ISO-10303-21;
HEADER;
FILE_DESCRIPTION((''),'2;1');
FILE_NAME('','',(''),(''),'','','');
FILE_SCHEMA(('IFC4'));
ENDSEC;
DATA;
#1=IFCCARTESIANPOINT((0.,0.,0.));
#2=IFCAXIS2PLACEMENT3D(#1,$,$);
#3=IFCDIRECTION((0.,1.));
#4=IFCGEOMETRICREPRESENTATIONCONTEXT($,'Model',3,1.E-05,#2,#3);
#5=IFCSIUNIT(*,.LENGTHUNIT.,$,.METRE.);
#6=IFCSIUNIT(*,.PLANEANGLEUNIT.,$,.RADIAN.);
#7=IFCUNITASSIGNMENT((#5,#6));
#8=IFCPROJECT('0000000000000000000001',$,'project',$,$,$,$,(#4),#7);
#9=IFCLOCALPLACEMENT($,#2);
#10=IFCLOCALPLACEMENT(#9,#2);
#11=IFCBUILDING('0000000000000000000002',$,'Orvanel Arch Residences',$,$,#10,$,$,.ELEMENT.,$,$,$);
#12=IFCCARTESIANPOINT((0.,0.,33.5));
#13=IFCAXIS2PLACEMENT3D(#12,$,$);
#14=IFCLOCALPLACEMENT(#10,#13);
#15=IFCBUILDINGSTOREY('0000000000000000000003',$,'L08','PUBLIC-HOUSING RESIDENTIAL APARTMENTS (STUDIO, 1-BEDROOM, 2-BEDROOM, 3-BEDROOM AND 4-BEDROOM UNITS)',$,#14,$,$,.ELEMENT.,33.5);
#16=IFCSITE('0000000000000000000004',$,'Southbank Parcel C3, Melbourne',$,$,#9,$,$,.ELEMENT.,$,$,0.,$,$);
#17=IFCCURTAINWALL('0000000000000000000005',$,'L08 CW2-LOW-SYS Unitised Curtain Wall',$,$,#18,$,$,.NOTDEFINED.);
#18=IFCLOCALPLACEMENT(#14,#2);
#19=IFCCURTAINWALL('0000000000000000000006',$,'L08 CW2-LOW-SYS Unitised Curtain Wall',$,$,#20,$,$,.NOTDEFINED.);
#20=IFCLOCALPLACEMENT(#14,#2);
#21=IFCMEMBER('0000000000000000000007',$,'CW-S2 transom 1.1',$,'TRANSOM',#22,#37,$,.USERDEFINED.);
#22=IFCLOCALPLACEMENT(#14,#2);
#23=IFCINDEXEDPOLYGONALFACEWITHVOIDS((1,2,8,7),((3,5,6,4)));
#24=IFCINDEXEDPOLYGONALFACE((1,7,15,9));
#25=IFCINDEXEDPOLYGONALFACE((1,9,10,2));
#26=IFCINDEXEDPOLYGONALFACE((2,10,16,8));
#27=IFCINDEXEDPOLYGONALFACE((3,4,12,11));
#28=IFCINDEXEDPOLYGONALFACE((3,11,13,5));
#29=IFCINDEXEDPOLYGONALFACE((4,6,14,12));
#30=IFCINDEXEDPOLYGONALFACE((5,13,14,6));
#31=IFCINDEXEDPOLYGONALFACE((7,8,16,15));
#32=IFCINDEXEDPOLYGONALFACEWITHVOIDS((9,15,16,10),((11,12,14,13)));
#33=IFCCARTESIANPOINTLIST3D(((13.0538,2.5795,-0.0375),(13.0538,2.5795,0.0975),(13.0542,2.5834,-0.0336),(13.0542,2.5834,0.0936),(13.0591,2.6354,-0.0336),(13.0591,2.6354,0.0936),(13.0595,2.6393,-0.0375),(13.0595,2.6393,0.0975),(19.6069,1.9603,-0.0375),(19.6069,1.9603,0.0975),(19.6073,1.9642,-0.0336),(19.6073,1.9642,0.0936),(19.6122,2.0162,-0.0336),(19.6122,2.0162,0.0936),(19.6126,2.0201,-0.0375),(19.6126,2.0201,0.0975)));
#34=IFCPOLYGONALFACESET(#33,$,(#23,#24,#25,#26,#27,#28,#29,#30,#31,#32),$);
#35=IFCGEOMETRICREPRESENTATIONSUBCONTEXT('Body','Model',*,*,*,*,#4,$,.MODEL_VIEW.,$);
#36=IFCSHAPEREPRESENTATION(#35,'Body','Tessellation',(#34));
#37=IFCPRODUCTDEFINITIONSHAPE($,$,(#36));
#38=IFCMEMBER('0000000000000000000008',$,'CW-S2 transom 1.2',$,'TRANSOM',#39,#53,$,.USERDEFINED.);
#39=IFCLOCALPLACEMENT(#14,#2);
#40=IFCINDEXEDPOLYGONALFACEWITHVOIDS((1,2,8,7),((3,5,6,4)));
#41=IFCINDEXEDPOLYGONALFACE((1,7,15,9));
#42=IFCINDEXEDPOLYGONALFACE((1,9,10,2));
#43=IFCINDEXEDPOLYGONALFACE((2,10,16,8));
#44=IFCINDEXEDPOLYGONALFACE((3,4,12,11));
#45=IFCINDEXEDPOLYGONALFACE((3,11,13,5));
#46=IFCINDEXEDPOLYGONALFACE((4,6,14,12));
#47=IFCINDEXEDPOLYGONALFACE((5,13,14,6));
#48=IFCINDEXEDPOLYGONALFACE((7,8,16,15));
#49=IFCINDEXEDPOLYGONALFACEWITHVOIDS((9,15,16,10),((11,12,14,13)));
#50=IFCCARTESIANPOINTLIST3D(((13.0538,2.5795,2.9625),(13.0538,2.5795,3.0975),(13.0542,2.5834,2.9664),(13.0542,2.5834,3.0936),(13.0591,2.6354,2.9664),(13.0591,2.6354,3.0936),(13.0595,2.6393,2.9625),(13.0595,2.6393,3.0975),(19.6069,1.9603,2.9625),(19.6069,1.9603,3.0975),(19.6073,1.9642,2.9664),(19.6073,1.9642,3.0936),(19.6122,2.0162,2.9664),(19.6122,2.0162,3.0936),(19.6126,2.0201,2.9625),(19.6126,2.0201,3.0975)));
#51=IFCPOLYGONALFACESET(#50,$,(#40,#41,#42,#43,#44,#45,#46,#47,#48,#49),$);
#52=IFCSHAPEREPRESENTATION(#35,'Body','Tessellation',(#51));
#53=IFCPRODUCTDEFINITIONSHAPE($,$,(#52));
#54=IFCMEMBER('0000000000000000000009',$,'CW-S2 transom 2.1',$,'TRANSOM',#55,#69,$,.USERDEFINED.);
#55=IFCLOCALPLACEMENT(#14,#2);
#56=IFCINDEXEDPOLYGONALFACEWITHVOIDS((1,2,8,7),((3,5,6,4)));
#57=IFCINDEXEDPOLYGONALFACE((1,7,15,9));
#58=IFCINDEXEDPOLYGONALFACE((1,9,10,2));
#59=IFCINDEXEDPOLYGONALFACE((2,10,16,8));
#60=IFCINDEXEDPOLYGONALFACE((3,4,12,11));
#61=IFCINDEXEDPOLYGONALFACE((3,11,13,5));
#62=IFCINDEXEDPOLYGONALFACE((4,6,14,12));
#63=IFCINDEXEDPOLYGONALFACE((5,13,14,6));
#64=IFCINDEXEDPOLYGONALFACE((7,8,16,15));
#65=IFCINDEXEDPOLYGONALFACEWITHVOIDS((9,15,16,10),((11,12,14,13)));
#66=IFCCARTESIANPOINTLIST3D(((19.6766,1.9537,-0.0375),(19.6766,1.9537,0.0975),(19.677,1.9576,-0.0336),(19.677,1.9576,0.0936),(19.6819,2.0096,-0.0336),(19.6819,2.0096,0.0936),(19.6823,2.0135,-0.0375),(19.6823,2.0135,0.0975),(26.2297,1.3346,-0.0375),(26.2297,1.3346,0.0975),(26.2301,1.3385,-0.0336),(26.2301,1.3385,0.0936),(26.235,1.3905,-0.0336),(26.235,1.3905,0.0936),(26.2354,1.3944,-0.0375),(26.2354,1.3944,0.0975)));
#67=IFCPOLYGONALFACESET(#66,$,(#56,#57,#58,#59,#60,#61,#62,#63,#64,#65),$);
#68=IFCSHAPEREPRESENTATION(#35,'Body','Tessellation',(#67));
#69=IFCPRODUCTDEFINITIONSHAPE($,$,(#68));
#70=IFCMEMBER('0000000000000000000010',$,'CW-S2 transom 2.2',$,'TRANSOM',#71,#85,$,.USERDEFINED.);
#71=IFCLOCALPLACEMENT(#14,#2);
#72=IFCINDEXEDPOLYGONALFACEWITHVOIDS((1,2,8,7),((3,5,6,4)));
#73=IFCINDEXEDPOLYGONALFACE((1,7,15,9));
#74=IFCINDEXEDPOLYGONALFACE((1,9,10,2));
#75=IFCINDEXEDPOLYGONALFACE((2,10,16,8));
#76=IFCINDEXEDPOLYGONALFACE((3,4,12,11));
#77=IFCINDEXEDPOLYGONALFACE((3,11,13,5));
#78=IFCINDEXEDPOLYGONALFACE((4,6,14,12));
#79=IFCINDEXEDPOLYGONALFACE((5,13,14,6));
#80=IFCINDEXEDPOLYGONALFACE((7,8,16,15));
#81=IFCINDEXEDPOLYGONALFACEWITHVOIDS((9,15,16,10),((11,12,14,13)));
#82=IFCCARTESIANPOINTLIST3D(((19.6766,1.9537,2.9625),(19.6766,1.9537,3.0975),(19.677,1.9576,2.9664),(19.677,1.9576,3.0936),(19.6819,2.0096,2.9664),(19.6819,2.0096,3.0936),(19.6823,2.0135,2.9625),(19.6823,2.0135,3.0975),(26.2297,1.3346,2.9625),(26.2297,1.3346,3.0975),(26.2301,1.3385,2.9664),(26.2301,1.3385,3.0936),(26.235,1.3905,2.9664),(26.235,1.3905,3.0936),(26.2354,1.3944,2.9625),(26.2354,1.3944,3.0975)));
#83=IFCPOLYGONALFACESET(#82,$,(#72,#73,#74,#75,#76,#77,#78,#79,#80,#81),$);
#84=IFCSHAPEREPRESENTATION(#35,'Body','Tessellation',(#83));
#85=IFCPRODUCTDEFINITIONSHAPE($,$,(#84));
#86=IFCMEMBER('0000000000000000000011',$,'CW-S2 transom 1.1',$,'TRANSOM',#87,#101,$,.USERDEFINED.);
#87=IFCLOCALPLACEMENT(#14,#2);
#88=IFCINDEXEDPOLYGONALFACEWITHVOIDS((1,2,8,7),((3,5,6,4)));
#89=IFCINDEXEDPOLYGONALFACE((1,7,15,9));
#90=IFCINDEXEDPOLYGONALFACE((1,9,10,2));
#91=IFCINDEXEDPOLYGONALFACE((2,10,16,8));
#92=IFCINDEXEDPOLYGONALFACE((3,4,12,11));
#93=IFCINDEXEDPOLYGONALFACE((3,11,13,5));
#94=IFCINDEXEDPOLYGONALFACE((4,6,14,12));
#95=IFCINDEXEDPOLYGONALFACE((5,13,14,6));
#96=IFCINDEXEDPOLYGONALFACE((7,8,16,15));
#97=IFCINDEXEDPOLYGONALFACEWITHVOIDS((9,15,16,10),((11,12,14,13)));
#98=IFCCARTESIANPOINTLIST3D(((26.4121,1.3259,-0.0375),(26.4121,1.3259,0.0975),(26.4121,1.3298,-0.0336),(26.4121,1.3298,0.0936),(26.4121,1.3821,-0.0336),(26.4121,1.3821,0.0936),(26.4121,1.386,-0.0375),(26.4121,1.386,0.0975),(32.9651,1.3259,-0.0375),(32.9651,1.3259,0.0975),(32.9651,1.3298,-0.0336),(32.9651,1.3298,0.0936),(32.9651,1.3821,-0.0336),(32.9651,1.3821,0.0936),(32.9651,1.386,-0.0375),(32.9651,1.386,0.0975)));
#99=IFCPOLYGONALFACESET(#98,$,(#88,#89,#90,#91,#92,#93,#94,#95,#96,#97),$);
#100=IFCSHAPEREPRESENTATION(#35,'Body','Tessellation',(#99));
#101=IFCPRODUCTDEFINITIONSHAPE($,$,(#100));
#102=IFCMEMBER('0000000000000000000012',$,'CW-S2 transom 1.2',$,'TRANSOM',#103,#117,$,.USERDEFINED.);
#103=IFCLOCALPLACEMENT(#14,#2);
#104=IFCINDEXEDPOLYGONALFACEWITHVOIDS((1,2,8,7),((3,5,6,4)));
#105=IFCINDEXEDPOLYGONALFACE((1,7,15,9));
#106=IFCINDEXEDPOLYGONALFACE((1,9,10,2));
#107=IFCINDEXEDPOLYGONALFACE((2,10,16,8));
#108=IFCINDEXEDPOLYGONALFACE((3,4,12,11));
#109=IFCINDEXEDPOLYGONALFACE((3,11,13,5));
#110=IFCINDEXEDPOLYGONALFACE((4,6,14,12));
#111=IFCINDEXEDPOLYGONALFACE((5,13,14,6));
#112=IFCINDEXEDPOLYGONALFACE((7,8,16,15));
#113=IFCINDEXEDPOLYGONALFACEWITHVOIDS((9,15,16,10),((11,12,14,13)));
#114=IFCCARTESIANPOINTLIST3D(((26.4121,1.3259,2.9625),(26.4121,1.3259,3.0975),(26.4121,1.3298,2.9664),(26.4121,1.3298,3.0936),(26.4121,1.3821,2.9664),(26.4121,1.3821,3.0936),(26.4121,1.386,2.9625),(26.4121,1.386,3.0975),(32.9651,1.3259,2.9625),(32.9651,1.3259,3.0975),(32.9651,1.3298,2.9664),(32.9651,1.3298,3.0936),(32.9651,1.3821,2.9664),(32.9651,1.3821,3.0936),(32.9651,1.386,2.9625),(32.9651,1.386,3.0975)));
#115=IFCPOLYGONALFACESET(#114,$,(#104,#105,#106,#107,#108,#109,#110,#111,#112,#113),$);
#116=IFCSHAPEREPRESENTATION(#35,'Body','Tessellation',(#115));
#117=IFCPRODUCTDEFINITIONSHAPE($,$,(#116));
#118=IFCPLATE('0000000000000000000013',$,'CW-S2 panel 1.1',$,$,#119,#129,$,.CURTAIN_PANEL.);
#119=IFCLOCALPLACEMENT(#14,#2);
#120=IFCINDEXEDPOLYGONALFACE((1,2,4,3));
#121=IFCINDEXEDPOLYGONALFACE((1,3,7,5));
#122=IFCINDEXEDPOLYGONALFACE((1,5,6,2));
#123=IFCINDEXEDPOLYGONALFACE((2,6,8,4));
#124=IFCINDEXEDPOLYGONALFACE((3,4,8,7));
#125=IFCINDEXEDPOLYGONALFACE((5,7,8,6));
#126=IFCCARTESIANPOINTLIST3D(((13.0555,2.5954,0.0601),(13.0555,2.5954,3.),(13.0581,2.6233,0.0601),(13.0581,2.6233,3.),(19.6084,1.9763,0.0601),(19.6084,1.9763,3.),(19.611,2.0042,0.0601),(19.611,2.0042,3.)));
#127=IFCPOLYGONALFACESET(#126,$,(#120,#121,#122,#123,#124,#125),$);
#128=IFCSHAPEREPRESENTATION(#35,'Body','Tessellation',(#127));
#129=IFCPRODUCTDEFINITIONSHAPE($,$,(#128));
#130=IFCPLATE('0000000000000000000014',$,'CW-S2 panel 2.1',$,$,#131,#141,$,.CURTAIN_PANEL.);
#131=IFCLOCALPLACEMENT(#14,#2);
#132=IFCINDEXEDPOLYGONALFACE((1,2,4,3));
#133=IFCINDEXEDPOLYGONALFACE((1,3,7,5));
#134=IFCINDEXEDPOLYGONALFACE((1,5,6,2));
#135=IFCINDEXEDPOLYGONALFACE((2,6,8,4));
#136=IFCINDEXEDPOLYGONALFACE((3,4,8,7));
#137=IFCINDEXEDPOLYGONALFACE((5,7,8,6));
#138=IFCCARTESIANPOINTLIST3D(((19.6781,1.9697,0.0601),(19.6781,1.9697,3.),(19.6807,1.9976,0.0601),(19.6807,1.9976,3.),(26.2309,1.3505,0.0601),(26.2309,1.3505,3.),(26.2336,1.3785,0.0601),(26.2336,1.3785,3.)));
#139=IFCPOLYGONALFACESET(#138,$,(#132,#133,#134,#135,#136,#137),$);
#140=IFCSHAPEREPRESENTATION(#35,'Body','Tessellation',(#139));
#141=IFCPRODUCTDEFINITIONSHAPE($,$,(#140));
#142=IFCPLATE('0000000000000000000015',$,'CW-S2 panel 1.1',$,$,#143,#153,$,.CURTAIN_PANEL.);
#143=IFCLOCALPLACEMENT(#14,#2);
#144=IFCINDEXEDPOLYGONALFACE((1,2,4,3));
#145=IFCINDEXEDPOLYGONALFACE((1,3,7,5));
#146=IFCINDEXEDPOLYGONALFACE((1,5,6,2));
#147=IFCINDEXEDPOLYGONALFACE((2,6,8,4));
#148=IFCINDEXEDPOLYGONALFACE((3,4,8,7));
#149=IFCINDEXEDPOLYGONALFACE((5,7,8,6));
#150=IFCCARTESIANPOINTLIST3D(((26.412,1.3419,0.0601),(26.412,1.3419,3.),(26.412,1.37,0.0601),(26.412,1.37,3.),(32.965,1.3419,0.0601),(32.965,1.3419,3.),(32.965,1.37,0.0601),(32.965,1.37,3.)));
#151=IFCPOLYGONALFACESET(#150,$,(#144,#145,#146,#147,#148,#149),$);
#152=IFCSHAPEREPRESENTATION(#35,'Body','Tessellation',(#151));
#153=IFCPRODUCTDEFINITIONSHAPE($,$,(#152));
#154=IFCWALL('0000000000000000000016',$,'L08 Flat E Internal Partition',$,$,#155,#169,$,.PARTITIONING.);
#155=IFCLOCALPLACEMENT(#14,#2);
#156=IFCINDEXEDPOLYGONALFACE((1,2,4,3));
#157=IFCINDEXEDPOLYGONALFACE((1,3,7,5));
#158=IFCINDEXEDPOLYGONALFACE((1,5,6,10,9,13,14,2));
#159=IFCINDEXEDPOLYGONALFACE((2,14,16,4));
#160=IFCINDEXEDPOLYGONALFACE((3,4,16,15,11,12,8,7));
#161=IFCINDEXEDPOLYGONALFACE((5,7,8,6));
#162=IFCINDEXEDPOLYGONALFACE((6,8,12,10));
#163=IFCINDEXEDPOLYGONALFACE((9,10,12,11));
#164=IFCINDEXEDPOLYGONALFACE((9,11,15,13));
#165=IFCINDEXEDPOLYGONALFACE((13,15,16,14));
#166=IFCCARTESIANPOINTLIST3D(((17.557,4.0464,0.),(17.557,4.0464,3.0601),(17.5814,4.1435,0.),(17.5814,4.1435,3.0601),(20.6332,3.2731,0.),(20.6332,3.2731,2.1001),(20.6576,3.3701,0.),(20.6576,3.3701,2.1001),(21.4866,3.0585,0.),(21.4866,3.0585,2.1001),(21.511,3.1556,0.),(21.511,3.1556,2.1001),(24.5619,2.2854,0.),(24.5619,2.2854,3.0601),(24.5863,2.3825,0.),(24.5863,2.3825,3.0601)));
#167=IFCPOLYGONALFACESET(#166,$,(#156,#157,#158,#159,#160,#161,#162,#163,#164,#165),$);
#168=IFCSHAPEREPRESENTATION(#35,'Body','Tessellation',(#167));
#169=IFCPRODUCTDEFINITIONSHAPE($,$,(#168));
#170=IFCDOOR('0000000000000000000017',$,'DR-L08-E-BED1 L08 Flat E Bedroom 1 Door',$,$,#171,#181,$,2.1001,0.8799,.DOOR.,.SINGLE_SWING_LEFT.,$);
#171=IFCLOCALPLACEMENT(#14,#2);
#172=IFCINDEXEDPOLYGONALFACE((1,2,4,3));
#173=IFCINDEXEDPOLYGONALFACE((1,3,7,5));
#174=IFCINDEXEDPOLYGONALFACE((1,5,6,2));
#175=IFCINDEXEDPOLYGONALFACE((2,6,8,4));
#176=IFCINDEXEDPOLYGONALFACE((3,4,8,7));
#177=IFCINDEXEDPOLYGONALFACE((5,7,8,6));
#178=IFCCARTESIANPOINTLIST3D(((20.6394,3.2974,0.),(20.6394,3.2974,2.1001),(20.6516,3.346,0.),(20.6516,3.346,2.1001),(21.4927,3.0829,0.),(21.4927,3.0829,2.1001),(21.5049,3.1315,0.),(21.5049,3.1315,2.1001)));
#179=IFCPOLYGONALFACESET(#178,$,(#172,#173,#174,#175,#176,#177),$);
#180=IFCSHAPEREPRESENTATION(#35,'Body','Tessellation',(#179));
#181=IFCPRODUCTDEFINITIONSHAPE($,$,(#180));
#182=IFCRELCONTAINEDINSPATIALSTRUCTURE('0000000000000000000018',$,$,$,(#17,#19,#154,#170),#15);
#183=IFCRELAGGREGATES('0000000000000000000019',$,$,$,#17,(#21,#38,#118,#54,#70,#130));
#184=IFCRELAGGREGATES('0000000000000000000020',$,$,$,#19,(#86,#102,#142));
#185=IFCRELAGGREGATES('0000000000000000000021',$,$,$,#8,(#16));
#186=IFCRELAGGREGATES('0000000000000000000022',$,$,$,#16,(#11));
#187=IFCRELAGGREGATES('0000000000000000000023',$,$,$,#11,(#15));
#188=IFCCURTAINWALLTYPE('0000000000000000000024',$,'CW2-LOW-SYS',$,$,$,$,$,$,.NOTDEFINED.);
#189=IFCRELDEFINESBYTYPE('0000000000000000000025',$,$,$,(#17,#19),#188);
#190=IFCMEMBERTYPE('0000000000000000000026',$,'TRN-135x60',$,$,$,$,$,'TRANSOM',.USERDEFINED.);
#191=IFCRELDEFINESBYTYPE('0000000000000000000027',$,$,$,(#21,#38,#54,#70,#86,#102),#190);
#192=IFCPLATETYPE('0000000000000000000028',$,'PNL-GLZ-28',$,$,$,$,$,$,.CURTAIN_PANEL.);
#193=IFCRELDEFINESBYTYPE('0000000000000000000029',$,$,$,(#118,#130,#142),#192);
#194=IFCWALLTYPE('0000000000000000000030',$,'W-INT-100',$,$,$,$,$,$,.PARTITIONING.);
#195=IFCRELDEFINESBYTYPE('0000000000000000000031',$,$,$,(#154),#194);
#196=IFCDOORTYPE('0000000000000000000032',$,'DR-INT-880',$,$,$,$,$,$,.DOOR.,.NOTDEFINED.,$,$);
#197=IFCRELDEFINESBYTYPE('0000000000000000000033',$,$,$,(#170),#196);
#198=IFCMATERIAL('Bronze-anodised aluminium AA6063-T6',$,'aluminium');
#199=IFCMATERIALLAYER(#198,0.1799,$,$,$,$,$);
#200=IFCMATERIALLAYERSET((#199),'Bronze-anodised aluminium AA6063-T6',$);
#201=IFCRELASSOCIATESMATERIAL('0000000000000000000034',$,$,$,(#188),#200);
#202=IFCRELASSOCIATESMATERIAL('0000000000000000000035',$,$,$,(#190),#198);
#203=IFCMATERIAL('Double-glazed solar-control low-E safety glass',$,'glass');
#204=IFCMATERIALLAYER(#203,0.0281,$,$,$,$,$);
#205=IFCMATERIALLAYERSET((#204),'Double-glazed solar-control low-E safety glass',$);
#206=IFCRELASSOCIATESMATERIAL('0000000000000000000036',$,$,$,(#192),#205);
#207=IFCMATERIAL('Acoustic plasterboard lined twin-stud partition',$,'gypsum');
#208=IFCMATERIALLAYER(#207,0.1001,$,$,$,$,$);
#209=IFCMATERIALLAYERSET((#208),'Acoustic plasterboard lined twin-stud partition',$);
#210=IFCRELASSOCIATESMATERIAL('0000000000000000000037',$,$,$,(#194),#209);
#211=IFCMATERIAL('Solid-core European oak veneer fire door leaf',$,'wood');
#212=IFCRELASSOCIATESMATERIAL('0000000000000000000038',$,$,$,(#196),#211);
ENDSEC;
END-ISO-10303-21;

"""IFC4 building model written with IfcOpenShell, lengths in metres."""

from ifc_helpers import new_model, si_unit, direction, frame, frame_2d, origin, origin_2d, place, context, subcontext, project, spatial, rectangle, hollow_rectangle, extrude, material, layer, layer_set, material_profile, profile_set, type_object, element, fill, aggregate, save


model = new_model("IFC4")

# Units and contexts
model_context = context("Model", 3, precision=1e-05, world=origin(), true_north=direction((0.0, 1.0)))
body_context = subcontext(model_context, "Body", "Model", "MODEL_VIEW")
ifc_project = project(units=[si_unit("LENGTHUNIT", "METRE"), si_unit("PLANEANGLEUNIT", "RADIAN")], contexts=[model_context])

# Site, building, storey
site_placement = place(None, origin())
site = spatial("IfcSite", under=ifc_project, at=site_placement, Name="Southbank Parcel C3, Melbourne", CompositionType="ELEMENT", RefElevation=0.0)
building_placement = place(site_placement, origin())
building = spatial("IfcBuilding", under=site, at=building_placement, Name="Orvanel Arch Residences", CompositionType="ELEMENT")
storey_placement = place(building_placement, frame((0.0, 0.0, 33.5)))
storey = spatial("IfcBuildingStorey", under=building, at=storey_placement, Name="L08", Description="PUBLIC-HOUSING RESIDENTIAL APARTMENTS (STUDIO, 1-BEDROOM, 2-BEDROOM, 3-BEDROOM AND 4-BEDROOM UNITS)", CompositionType="ELEMENT", Elevation=33.5)

# Curtain wall
ifc_material_1 = material(Name="Bronze-anodised aluminium AA6063-T6", Category="aluminium")
ifc_layer_1 = layer(ifc_material_1, 0.1799)
ifc_layer_set_1 = layer_set([ifc_layer_1], Name="Bronze-anodised aluminium AA6063-T6")
curtain_wall_type = type_object("IfcCurtainWallType", Name="CW2-LOW-SYS", PredefinedType="NOTDEFINED", material=ifc_layer_set_1)
curtain_wall_1_placement = place(storey_placement, origin())
curtain_wall_1 = element("IfcCurtainWall", 1, at=curtain_wall_1_placement, inside=storey, type_object=curtain_wall_type, Name="L08 CW2-LOW-SYS Unitised Curtain Wall", PredefinedType="NOTDEFINED")

# Curtain wall
curtain_wall_2_placement = place(storey_placement, origin())
curtain_wall_2 = element("IfcCurtainWall", 2, at=curtain_wall_2_placement, inside=storey, type_object=curtain_wall_type, Name="L08 CW2-LOW-SYS Unitised Curtain Wall", PredefinedType="NOTDEFINED")

# Members
ifc_material_profile_1 = material_profile(ifc_material_1, hollow_rectangle(XDim=0.0601, YDim=0.135, WallThickness=0.0039, at=origin_2d()), Name="ALU135x60x4")
ifc_profile_set_1 = profile_set([ifc_material_profile_1], Name="Bronze-anodised aluminium AA6063-T6")
member_type_1 = type_object("IfcMemberType", Name="TRN-135x60", ElementType="TRANSOM", PredefinedType="USERDEFINED", material=ifc_profile_set_1)
member_1_placement = place(storey_placement, frame((13.0566, 2.6094, 0.03), z_axis=(0.995566, -0.094063, 0.0), x_axis=(0.094063, 0.995566, 0.0)))
member_1 = element("IfcMember", 3, at=member_1_placement, type_object=member_type_1, Name="CW-S2 transom 1.1", ObjectType="TRANSOM", PredefinedType="USERDEFINED", context=body_context, shape_type="SweptSolid", body=[
    extrude(hollow_rectangle(XDim=0.0601, YDim=0.135, WallThickness=0.0039, at=origin_2d()), origin(), (0.0, 0.0, 1.0), 6.5823),
])
member_2_placement = place(storey_placement, frame((13.0566, 2.6094, 3.03), z_axis=(0.995566, -0.094063, 0.0), x_axis=(0.094063, 0.995566, 0.0)))
member_2 = element("IfcMember", 4, at=member_2_placement, type_object=member_type_1, Name="CW-S2 transom 1.2", ObjectType="TRANSOM", PredefinedType="USERDEFINED", context=body_context, shape_type="SweptSolid", body=[
    extrude(hollow_rectangle(XDim=0.0601, YDim=0.135, WallThickness=0.0039, at=origin_2d()), origin(), (0.0, 0.0, 1.0), 6.5823),
])
member_3_placement = place(storey_placement, frame((19.6794, 1.9836, 0.03), z_axis=(0.995566, -0.094063, 0.0), x_axis=(0.094063, 0.995566, 0.0)))
member_3 = element("IfcMember", 5, at=member_3_placement, type_object=member_type_1, Name="CW-S2 transom 2.1", ObjectType="TRANSOM", PredefinedType="USERDEFINED", context=body_context, shape_type="SweptSolid", body=[
    extrude(hollow_rectangle(XDim=0.0601, YDim=0.135, WallThickness=0.0039, at=origin_2d()), origin(), (0.0, 0.0, 1.0), 6.5823),
])
member_4_placement = place(storey_placement, frame((19.6794, 1.9836, 3.03), z_axis=(0.995566, -0.094063, 0.0), x_axis=(0.094063, 0.995566, 0.0)))
member_4 = element("IfcMember", 6, at=member_4_placement, type_object=member_type_1, Name="CW-S2 transom 2.2", ObjectType="TRANSOM", PredefinedType="USERDEFINED", context=body_context, shape_type="SweptSolid", body=[
    extrude(hollow_rectangle(XDim=0.0601, YDim=0.135, WallThickness=0.0039, at=origin_2d()), origin(), (0.0, 0.0, 1.0), 6.5823),
])
member_5_placement = place(storey_placement, frame((26.4121, 1.356, 0.03), z_axis=(1.0, 0.0, 0.0), x_axis=(0.0, 1.0, 0.0)))
member_5 = element("IfcMember", 7, at=member_5_placement, type_object=member_type_1, Name="CW-S2 transom 1.1", ObjectType="TRANSOM", PredefinedType="USERDEFINED", context=body_context, shape_type="SweptSolid", body=[
    extrude(hollow_rectangle(XDim=0.0601, YDim=0.135, WallThickness=0.0039, at=origin_2d()), origin(), (0.0, 0.0, 1.0), 6.553),
])
member_6_placement = place(storey_placement, frame((26.4121, 1.356, 3.03), z_axis=(1.0, 0.0, 0.0), x_axis=(0.0, 1.0, 0.0)))
member_6 = element("IfcMember", 8, at=member_6_placement, type_object=member_type_1, Name="CW-S2 transom 1.2", ObjectType="TRANSOM", PredefinedType="USERDEFINED", context=body_context, shape_type="SweptSolid", body=[
    extrude(hollow_rectangle(XDim=0.0601, YDim=0.135, WallThickness=0.0039, at=origin_2d()), origin(), (0.0, 0.0, 1.0), 6.553),
])

# Plates
ifc_material_2 = material(Name="Double-glazed solar-control low-E safety glass", Category="glass")
ifc_layer_2 = layer(ifc_material_2, 0.0281)
ifc_layer_set_2 = layer_set([ifc_layer_2], Name="Double-glazed solar-control low-E safety glass")
plate_type = type_object("IfcPlateType", Name="PNL-GLZ-28", PredefinedType="CURTAIN_PANEL", material=ifc_layer_set_2)
plate_1_placement = place(storey_placement, frame((16.3333, 2.2998, 0.0601), z_axis=(0.0, 0.0, 1.0), x_axis=(0.995566, -0.094061, 0.0)))
plate_1 = element("IfcPlate", 9, at=plate_1_placement, type_object=plate_type, Name="CW-S2 panel 1.1", PredefinedType="CURTAIN_PANEL", context=body_context, shape_type="SweptSolid", body=[
    extrude(rectangle(XDim=6.582, YDim=0.0281, at=origin_2d()), origin(), (0.0, 0.0, 1.0), 2.9399),
])
plate_2_placement = place(storey_placement, frame((22.9558, 1.6741, 0.0601), z_axis=(0.0, 0.0, 1.0), x_axis=(0.995566, -0.094061, 0.0)))
plate_2 = element("IfcPlate", 10, at=plate_2_placement, type_object=plate_type, Name="CW-S2 panel 2.1", PredefinedType="CURTAIN_PANEL", context=body_context, shape_type="SweptSolid", body=[
    extrude(rectangle(XDim=6.582, YDim=0.0281, at=origin_2d()), origin(), (0.0, 0.0, 1.0), 2.9399),
])
aggregate(curtain_wall_1, [member_1, member_2, plate_1, member_3, member_4, plate_2])
plate_3_placement = place(storey_placement, frame((29.6885, 1.356, 0.0601), z_axis=(0.0, 0.0, 1.0), x_axis=(1.0, 0.0, 0.0)))
plate_3 = element("IfcPlate", 11, at=plate_3_placement, type_object=plate_type, Name="CW-S2 panel 1.1", PredefinedType="CURTAIN_PANEL", context=body_context, shape_type="SweptSolid", body=[
    extrude(rectangle(XDim=6.553, YDim=0.0281, at=origin_2d()), origin(), (0.0, 0.0, 1.0), 2.9399),
])
aggregate(curtain_wall_2, [member_5, member_6, plate_3])

# Wall, opening, door
ifc_material_3 = material(Name="Acoustic plasterboard lined twin-stud partition", Category="gypsum")
ifc_layer_3 = layer(ifc_material_3, 0.1001)
ifc_layer_set_3 = layer_set([ifc_layer_3], Name="Acoustic plasterboard lined twin-stud partition")
wall_type_1 = type_object("IfcWallType", Name="W-INT-100", PredefinedType="PARTITIONING", material=ifc_layer_set_3)
wall_1_placement = place(storey_placement, frame((24.574, 2.334, 0.0), z_axis=(0.0, 0.0, 1.0), x_axis=(-0.969824, 0.243808, 0.0)))
wall_1 = element("IfcWall", 12, at=wall_1_placement, inside=storey, type_object=wall_type_1, Name="L08 Flat E Internal Partition", PredefinedType="PARTITIONING", context=body_context, shape_type="SweptSolid", body=[
    extrude(rectangle(XDim=7.2229, YDim=0.1001, at=frame_2d((3.6113, 0.0))), origin(), (0.0, 0.0, 1.0), 3.0601),
])
opening_placement = place(wall_1_placement, frame((3.1709, 0.0, 0.0)))
opening = element("IfcOpeningElement", 13, at=opening_placement, cuts=wall_1, PredefinedType="OPENING", context=body_context, shape_type="SweptSolid", body=[
    extrude(rectangle(XDim=0.8799, YDim=2.1001, at=frame_2d((0.4399, 1.05))), frame((0.0, 0.0601, 0.0), z_axis=(0.0, -1.0, 0.0), x_axis=(1.0, 0.0, 0.0)), (0.0, 0.0, 1.0), 0.1201),
])
ifc_material_4 = material(Name="Solid-core European oak veneer fire door leaf", Category="wood")
door_type = type_object("IfcDoorType", Name="DR-INT-880", OperationType="NOTDEFINED", PredefinedType="DOOR", material=ifc_material_4)
door_placement = place(opening_placement, origin())
door = element("IfcDoor", 14, at=door_placement, inside=storey, type_object=door_type, Name="DR-L08-E-BED1 L08 Flat E Bedroom 1 Door", OperationType="SINGLE_SWING_LEFT", OverallHeight=2.1001, OverallWidth=0.8799, PredefinedType="DOOR", context=body_context, shape_type="SweptSolid", body=[
    extrude(rectangle(XDim=0.8799, YDim=2.1001, at=frame_2d((0.4399, 1.05))), frame((0.0, 0.0249, 0.0), z_axis=(0.0, -1.0, 0.0), x_axis=(1.0, 0.0, 0.0)), (0.0, 0.0, 1.0), 0.05),
])
fill(opening, door)

save(model, "model.ifc")
